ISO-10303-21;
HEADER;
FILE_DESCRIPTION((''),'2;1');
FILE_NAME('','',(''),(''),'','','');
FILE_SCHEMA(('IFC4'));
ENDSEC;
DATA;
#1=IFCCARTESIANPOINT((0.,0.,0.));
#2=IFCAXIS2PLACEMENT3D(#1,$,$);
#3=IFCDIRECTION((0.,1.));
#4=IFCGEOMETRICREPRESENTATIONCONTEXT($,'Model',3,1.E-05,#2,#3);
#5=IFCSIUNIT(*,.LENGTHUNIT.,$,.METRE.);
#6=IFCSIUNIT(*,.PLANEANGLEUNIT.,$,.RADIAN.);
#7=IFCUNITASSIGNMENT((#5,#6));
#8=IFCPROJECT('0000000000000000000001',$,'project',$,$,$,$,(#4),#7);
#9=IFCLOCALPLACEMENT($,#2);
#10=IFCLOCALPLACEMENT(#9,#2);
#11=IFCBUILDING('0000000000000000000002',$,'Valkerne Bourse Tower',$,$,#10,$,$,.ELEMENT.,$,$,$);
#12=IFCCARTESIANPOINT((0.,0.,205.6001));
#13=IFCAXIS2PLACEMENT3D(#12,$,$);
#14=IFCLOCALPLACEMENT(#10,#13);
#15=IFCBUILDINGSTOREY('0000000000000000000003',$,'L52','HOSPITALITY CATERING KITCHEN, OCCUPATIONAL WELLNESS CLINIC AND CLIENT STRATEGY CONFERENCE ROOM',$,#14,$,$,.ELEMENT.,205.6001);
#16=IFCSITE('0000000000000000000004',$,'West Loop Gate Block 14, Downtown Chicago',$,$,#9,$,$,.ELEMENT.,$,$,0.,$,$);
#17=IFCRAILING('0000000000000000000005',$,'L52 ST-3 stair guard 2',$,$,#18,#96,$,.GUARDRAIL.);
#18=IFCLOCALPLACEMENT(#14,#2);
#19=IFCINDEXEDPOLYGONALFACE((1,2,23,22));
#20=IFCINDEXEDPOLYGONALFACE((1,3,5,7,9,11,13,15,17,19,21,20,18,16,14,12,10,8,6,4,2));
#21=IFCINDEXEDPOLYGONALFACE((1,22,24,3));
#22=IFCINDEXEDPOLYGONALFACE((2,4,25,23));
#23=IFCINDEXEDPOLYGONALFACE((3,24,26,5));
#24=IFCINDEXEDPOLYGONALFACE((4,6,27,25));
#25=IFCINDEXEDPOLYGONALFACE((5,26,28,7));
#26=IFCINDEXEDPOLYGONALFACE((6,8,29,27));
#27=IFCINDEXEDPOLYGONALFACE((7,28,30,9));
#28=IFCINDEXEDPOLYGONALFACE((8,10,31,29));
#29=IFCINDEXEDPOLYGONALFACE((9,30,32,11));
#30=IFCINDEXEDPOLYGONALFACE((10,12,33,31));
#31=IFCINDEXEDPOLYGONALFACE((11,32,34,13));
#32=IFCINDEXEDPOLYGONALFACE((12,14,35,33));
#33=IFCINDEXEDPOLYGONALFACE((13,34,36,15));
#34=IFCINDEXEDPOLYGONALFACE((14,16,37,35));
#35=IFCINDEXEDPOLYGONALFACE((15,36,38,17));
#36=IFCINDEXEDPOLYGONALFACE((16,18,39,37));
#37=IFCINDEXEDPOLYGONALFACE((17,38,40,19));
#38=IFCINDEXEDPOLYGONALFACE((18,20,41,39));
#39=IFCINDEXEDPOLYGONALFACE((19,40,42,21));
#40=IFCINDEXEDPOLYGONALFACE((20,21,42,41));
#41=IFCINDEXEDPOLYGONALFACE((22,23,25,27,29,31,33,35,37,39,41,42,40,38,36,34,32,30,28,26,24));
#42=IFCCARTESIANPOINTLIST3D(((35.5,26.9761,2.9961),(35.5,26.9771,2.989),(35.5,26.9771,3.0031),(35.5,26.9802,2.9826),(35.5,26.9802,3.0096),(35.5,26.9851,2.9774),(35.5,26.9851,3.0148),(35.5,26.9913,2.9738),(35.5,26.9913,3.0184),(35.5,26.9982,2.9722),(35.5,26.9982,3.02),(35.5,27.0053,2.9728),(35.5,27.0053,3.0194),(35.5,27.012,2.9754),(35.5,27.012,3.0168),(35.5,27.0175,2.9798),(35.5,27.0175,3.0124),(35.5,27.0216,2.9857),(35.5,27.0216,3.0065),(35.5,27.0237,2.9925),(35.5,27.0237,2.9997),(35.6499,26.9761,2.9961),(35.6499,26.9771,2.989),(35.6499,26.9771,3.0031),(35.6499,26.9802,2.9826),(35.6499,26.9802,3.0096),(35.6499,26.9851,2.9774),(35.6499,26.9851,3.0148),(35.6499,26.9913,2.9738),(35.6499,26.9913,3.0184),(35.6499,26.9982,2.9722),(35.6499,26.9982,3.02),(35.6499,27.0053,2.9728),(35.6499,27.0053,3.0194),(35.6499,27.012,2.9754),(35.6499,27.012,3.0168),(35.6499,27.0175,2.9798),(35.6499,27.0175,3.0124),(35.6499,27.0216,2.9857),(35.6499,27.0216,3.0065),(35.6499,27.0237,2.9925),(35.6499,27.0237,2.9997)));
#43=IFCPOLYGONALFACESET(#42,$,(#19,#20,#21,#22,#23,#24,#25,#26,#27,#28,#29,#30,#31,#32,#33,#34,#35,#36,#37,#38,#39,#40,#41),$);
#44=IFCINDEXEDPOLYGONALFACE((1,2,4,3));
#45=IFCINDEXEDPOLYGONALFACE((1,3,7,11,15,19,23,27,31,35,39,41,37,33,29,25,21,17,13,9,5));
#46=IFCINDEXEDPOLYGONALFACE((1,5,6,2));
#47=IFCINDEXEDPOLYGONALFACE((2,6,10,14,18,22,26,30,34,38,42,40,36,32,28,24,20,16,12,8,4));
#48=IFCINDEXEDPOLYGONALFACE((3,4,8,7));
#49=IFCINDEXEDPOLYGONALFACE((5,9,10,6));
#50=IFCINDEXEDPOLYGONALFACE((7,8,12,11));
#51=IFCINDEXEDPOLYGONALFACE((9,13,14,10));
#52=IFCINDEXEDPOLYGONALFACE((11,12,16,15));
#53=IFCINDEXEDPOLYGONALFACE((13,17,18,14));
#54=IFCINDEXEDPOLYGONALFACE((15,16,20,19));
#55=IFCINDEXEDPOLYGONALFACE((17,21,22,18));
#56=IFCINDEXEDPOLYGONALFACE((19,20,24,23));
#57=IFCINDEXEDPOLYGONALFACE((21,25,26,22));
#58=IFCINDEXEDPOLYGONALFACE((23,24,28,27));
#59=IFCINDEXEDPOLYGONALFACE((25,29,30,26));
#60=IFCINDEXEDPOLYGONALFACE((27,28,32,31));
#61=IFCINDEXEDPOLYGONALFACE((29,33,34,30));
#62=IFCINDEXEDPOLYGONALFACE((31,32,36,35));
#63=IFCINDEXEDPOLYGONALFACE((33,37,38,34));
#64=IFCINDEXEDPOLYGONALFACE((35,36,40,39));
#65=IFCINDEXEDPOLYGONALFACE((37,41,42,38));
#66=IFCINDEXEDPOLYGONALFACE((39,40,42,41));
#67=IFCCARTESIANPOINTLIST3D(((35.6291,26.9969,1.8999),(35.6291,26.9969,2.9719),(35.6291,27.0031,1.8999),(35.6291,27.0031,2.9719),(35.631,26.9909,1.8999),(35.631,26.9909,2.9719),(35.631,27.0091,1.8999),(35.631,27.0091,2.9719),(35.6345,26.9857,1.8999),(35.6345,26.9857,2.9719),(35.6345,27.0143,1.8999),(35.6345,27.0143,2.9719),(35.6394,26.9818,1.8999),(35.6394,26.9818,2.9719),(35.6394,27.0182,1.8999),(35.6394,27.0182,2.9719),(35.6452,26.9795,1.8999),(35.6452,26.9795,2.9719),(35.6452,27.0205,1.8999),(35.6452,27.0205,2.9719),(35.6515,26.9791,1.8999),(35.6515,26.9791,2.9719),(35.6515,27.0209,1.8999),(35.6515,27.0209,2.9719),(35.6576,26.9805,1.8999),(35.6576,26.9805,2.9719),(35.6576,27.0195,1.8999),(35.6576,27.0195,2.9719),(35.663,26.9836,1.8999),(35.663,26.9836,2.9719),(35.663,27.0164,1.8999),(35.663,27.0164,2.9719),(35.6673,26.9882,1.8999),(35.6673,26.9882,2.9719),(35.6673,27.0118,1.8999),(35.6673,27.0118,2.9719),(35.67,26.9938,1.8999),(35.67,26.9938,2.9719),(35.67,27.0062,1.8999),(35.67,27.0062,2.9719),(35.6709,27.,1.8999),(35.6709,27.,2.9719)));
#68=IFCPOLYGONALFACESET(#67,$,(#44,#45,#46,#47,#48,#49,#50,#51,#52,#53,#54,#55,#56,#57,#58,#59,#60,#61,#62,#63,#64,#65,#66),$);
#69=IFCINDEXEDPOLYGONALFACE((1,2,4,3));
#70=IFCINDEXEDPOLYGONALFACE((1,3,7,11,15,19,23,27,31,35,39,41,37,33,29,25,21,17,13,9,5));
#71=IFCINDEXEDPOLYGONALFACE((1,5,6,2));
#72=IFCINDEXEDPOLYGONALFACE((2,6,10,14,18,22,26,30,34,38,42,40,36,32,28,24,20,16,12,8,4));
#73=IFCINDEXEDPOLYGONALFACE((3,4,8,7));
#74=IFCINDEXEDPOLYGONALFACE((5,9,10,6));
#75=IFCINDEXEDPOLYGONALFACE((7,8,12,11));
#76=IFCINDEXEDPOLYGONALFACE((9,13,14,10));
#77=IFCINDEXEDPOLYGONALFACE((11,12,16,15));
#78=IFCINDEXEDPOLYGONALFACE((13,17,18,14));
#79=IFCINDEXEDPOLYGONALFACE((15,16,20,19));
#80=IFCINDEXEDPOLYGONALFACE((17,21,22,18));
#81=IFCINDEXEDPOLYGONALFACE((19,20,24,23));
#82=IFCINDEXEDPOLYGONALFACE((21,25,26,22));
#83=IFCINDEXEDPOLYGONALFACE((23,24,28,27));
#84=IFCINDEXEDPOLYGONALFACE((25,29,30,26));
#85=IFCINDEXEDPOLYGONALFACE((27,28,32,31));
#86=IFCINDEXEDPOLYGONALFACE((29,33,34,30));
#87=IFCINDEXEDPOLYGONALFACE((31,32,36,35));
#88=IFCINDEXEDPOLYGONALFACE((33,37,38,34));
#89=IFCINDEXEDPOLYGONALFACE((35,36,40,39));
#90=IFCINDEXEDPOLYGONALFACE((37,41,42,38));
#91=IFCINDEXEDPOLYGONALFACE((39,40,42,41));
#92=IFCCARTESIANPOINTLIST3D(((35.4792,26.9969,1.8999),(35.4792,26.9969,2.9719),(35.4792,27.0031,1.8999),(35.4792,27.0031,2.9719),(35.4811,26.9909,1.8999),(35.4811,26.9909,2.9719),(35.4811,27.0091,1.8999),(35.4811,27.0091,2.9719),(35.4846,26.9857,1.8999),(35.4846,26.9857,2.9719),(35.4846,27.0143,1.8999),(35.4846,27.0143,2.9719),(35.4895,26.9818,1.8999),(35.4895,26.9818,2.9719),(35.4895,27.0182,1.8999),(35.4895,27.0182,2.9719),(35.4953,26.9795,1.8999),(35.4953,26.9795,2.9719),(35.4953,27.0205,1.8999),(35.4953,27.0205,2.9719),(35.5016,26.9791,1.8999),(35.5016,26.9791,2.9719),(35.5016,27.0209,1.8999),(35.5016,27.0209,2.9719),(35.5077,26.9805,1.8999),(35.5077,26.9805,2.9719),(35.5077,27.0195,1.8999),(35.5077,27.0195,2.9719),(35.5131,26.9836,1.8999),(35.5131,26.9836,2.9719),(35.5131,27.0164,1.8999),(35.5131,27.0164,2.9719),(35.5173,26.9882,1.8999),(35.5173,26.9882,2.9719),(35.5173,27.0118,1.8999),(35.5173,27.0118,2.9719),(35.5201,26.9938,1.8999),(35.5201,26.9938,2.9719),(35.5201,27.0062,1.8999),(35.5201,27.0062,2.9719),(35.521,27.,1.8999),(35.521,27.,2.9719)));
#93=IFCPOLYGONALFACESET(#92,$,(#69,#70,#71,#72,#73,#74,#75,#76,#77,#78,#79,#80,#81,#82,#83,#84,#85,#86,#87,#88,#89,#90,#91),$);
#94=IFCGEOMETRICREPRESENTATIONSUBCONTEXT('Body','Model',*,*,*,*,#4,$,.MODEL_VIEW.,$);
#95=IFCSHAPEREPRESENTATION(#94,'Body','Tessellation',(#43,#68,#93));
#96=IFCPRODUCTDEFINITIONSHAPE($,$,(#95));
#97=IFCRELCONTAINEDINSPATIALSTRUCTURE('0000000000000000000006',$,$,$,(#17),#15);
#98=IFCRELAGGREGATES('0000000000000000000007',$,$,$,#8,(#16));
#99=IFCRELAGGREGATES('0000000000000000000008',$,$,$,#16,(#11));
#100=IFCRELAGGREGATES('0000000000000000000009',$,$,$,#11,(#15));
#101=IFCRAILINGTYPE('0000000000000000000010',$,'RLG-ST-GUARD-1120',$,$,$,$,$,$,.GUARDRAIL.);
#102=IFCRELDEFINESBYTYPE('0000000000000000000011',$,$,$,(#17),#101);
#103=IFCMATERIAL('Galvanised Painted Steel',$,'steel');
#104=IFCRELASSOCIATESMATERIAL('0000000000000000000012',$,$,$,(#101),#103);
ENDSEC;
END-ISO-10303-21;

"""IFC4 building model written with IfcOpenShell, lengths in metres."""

from ifc_helpers import new_model, si_unit, direction, frame, origin, origin_2d, place, context, subcontext, project, spatial, circle, extrude, material, type_object, element, save


model = new_model("IFC4")

# Units and contexts
model_context = context("Model", 3, precision=1e-05, world=origin(), true_north=direction((0.0, 1.0)))
body_context = subcontext(model_context, "Body", "Model", "MODEL_VIEW")
ifc_project = project(units=[si_unit("LENGTHUNIT", "METRE"), si_unit("PLANEANGLEUNIT", "RADIAN")], contexts=[model_context])

# Site, building, storey
site_placement = place(None, origin())
site = spatial("IfcSite", under=ifc_project, at=site_placement, Name="West Loop Gate Block 14, Downtown Chicago", CompositionType="ELEMENT", RefElevation=0.0)
building_placement = place(site_placement, origin())
building = spatial("IfcBuilding", under=site, at=building_placement, Name="Valkerne Bourse Tower", CompositionType="ELEMENT")
storey_placement = place(building_placement, frame((0.0, 0.0, 205.6001)))
storey = spatial("IfcBuildingStorey", under=building, at=storey_placement, Name="L52", Description="HOSPITALITY CATERING KITCHEN, OCCUPATIONAL WELLNESS CLINIC AND CLIENT STRATEGY CONFERENCE ROOM", CompositionType="ELEMENT", Elevation=205.6001)

# Railing
ifc_material_1 = material(Name="Galvanised Painted Steel", Category="steel")
railing_type_1 = type_object("IfcRailingType", Name="RLG-ST-GUARD-1120", PredefinedType="GUARDRAIL", material=ifc_material_1)
railing_1_placement = place(storey_placement, frame((35.6499, 27.0, 1.8999)))
element("IfcRailing", 1, at=railing_1_placement, inside=storey, type_object=railing_type_1, Name="L52 ST-3 stair guard 2", PredefinedType="GUARDRAIL", context=body_context, shape_type="SweptSolid", body=[
    extrude(circle(Radius=0.0239, at=origin_2d()), frame((0.0, 0.0, 1.0962), z_axis=(-1.0, 0.0, 0.0), x_axis=(0.0, -1.0, 0.0)), (0.0, 0.0, 1.0), 0.1499),
    extrude(circle(Radius=0.021, at=origin_2d()), origin(), (0.0, 0.0, 1.0), 1.072),
    extrude(circle(Radius=0.021, at=origin_2d()), frame((-0.1499, 0.0, 0.0)), (0.0, 0.0, 1.0), 1.072),
])

save(model, "model.ifc")
